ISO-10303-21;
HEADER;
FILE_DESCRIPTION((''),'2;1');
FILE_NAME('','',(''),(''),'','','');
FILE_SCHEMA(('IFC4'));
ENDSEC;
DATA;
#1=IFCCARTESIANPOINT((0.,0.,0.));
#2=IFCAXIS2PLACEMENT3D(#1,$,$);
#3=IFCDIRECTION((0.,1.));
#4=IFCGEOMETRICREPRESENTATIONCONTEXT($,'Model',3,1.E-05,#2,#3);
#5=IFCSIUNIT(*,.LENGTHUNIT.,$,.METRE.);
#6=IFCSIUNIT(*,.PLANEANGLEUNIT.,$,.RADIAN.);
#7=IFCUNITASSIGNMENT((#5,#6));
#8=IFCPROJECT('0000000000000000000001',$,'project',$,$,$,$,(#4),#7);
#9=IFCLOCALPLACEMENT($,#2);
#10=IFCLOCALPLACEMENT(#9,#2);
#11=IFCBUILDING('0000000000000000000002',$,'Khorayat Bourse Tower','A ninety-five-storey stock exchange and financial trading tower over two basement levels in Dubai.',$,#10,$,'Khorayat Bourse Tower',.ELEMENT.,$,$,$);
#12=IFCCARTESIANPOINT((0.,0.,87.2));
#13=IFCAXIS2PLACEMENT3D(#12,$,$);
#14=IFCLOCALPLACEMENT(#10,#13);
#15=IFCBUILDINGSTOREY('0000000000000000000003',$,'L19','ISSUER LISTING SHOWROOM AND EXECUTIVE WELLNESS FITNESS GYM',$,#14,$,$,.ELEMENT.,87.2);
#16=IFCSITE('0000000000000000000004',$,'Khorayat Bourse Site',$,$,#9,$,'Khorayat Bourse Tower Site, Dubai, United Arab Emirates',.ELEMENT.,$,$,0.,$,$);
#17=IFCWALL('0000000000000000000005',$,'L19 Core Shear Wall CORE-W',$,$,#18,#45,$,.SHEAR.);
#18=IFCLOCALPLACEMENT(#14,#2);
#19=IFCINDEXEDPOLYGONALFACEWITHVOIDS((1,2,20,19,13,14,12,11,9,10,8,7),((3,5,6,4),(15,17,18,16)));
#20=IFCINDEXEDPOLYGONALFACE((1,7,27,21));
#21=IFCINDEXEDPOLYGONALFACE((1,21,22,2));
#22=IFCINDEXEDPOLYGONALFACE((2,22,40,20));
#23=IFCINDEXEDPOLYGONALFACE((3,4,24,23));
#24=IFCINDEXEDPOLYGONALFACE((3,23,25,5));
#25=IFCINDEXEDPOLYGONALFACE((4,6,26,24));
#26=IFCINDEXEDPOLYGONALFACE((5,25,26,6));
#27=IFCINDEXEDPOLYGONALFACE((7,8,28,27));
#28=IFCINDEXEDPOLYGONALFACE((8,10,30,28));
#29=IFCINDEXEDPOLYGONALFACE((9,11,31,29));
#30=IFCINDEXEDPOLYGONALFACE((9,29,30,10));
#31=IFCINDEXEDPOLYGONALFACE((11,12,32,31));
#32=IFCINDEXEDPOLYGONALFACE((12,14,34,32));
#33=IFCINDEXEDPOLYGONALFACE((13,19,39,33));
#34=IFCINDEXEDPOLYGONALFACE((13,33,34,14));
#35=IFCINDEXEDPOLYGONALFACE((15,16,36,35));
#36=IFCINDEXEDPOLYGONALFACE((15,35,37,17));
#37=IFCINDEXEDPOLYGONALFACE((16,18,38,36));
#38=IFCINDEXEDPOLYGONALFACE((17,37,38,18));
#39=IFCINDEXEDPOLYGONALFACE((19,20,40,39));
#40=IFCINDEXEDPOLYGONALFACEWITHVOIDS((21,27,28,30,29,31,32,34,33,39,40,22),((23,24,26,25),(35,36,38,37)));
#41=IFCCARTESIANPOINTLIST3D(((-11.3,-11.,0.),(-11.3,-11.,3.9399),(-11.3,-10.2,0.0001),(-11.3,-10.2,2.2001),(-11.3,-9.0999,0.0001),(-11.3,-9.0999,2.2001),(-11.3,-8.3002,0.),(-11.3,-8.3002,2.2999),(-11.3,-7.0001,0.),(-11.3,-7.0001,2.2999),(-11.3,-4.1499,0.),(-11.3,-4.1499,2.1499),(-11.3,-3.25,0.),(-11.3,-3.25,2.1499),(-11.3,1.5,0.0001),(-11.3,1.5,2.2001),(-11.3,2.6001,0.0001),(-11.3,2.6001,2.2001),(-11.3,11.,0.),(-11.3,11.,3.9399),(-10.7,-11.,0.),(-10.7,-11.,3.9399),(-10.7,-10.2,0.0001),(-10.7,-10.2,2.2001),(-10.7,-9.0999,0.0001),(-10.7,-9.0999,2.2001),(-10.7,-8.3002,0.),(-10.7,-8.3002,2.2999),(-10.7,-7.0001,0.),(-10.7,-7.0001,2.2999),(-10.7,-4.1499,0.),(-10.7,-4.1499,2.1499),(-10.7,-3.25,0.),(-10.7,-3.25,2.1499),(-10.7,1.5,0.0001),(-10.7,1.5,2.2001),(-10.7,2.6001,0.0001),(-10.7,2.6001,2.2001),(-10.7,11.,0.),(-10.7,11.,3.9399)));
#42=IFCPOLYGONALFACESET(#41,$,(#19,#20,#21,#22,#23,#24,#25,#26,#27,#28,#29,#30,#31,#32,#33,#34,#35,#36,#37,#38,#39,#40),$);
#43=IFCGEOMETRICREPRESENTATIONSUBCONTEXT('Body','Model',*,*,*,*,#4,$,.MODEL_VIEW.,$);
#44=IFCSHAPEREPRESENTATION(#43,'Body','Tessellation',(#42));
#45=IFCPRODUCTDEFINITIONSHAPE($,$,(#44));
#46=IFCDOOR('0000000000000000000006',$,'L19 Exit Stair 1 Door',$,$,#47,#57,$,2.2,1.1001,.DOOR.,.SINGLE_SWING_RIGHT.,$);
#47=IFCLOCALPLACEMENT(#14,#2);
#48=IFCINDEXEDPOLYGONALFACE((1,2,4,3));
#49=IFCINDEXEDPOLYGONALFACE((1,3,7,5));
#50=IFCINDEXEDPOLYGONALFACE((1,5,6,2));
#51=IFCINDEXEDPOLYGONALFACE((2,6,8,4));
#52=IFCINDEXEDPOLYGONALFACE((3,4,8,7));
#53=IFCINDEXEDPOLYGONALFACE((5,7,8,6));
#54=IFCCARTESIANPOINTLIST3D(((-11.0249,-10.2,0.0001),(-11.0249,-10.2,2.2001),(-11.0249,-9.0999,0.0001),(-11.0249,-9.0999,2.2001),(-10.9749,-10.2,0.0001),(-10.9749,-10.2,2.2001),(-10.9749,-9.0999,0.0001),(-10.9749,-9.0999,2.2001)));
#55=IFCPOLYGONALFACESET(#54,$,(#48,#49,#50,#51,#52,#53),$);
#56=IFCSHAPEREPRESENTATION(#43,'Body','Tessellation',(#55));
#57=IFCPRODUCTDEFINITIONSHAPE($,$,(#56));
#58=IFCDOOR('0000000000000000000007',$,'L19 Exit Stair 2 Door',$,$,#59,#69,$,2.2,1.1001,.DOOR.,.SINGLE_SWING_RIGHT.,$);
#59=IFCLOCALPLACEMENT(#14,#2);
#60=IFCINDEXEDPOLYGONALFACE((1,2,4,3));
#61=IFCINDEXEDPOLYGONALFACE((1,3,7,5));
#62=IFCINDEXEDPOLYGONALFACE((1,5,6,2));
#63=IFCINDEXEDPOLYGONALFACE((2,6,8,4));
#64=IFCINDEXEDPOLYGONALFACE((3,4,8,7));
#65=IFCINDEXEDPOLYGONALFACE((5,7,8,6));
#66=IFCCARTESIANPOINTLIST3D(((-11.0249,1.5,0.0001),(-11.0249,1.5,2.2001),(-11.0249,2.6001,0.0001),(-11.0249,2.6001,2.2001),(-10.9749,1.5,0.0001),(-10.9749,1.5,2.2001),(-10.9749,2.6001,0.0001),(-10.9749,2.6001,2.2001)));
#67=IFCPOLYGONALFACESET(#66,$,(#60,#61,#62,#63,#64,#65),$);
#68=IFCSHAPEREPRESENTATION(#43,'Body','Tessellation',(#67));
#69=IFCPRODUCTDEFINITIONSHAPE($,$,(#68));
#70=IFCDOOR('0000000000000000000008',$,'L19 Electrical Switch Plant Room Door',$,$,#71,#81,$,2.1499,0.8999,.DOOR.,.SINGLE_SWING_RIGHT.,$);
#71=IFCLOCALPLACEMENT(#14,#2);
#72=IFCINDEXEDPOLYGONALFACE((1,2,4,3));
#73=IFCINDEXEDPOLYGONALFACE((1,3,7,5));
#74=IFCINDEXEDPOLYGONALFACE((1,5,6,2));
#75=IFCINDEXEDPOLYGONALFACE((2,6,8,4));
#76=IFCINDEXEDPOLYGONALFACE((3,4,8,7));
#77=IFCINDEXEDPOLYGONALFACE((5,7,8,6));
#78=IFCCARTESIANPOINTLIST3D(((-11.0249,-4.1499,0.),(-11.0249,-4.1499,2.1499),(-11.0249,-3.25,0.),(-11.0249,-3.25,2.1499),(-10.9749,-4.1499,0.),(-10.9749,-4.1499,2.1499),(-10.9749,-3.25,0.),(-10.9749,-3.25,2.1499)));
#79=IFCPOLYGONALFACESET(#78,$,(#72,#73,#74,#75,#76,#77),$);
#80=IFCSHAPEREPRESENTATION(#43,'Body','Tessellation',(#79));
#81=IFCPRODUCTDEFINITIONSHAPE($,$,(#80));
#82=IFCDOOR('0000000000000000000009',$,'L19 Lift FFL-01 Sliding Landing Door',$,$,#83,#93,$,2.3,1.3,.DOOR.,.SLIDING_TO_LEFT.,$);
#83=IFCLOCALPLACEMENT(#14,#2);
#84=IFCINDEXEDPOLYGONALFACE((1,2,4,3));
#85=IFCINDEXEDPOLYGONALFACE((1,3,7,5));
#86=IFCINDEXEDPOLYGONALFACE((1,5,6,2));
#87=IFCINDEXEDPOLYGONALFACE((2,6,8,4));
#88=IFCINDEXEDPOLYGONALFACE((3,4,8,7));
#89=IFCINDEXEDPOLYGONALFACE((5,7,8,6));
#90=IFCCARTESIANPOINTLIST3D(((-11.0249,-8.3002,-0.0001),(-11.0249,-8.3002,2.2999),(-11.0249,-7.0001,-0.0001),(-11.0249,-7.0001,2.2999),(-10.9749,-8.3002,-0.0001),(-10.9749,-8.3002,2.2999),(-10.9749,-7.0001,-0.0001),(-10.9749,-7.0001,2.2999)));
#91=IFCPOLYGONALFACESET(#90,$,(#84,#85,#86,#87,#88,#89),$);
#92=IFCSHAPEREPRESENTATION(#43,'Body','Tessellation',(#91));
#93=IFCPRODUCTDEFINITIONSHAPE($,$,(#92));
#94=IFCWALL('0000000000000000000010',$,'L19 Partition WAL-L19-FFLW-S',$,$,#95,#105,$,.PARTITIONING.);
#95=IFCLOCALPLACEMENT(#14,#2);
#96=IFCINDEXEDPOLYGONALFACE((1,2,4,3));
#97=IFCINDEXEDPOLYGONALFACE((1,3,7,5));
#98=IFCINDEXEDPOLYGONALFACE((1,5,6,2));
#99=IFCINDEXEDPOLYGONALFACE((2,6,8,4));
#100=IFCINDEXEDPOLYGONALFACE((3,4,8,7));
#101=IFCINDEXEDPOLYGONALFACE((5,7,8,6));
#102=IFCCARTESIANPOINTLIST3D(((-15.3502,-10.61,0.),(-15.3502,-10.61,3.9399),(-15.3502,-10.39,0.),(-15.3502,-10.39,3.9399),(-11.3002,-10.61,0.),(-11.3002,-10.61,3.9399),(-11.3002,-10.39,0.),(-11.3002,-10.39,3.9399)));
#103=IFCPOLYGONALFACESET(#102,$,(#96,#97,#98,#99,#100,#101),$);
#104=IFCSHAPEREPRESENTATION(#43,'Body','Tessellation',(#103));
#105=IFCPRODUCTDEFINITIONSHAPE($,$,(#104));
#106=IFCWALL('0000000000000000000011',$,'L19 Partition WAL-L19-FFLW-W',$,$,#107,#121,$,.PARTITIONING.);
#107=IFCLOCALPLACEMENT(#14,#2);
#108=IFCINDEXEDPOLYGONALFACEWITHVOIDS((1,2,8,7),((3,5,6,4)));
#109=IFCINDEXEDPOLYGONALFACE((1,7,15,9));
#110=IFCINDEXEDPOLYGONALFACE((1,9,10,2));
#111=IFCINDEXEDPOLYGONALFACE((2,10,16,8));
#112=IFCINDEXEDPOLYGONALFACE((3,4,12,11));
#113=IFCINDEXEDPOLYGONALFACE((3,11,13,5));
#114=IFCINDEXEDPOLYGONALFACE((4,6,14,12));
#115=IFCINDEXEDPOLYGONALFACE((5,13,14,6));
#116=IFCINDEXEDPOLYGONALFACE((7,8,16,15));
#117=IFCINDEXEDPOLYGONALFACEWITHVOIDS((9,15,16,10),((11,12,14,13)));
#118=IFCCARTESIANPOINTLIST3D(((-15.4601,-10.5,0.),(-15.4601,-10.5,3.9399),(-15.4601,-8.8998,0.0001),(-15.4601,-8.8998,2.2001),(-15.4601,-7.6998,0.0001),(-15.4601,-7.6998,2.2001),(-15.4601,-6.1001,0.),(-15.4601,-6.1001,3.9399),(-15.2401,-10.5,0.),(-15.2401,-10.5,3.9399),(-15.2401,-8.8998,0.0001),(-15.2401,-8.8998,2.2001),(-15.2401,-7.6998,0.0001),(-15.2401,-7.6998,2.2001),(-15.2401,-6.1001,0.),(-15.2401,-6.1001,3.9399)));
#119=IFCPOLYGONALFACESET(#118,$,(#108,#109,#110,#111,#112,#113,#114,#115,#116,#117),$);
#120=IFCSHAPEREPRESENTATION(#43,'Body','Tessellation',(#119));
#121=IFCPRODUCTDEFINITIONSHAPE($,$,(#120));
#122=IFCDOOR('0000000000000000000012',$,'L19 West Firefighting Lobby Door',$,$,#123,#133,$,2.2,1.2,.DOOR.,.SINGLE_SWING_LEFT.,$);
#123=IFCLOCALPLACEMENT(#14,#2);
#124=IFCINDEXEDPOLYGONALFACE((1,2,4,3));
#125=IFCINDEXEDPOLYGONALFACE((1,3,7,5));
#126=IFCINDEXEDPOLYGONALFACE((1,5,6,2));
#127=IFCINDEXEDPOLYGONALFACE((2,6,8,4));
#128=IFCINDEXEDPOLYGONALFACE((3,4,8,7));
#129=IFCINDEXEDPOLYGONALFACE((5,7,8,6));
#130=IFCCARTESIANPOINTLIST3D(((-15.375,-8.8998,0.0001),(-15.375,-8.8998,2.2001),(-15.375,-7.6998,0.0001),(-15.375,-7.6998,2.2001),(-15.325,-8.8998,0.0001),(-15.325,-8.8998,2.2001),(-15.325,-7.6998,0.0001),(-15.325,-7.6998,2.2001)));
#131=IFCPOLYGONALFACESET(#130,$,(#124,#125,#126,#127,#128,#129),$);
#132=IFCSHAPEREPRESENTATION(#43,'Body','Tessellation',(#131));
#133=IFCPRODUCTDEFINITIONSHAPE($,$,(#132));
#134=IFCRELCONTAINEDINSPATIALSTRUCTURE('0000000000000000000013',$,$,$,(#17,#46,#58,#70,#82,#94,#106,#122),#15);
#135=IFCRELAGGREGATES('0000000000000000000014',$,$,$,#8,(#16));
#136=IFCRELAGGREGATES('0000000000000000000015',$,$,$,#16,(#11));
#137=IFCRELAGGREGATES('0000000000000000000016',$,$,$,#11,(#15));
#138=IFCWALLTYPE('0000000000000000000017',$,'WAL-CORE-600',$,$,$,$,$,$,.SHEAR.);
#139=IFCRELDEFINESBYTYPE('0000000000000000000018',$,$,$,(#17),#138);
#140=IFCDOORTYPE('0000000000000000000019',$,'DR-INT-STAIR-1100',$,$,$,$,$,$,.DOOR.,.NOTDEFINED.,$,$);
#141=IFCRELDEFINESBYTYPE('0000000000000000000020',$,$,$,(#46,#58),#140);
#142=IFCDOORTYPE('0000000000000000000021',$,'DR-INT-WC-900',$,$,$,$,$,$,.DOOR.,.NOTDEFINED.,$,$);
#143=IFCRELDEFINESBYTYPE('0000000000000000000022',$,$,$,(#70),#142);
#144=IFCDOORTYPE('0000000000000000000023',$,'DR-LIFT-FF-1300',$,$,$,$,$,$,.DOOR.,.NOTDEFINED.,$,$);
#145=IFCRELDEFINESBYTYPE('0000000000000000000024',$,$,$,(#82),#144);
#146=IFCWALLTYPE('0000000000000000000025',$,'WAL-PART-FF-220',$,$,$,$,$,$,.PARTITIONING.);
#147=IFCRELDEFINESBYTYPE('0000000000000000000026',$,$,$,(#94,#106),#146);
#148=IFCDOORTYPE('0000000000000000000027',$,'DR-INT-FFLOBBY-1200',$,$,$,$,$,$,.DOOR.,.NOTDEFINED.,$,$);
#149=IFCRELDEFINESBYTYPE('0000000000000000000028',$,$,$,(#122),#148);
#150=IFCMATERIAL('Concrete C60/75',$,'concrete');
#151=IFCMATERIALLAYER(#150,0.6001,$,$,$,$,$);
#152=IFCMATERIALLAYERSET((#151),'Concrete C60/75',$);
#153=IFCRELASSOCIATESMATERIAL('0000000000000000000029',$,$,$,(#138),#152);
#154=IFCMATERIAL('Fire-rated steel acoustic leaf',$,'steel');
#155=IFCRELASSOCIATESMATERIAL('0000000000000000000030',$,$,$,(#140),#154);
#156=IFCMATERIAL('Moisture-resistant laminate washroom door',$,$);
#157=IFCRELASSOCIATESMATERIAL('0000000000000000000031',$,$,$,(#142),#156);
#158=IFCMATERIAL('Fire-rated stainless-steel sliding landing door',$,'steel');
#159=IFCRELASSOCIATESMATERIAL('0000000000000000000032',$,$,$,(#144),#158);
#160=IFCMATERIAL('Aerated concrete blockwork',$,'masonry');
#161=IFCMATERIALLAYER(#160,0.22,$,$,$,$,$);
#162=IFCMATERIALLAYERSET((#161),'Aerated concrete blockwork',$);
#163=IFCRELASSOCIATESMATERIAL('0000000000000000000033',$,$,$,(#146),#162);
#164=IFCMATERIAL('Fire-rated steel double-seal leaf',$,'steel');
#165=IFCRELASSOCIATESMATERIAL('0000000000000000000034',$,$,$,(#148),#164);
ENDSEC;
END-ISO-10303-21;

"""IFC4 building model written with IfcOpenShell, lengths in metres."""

from ifc_helpers import new_model, si_unit, direction, frame, frame_2d, origin, place, context, subcontext, project, spatial, rectangle, extrude, source, transform, mapped, material, layer, layer_set, type_object, element, fill, save


model = new_model("IFC4")

# Units and contexts
model_context = context("Model", 3, precision=1e-05, world=origin(), true_north=direction((0.0, 1.0)))
body_context = subcontext(model_context, "Body", "Model", "MODEL_VIEW")
ifc_project = project(units=[si_unit("LENGTHUNIT", "METRE"), si_unit("PLANEANGLEUNIT", "RADIAN")], contexts=[model_context])

# Site, building, storey
site_placement = place(None, origin())
site = spatial("IfcSite", under=ifc_project, at=site_placement, Name="Khorayat Bourse Site", LongName="Khorayat Bourse Tower Site, Dubai, United Arab Emirates", CompositionType="ELEMENT", RefElevation=0.0)
building_placement = place(site_placement, origin())
building = spatial("IfcBuilding", under=site, at=building_placement, Name="Khorayat Bourse Tower", Description="A ninety-five-storey stock exchange and financial trading tower over two basement levels in Dubai.", LongName="Khorayat Bourse Tower", CompositionType="ELEMENT")
storey_placement = place(building_placement, frame((0.0, 0.0, 87.2)))
storey = spatial("IfcBuildingStorey", under=building, at=storey_placement, Name="L19", Description="ISSUER LISTING SHOWROOM AND EXECUTIVE WELLNESS FITNESS GYM", CompositionType="ELEMENT", Elevation=87.2)

# Wall, openings, doors
ifc_material_1 = material(Name="Concrete C60/75", Category="concrete")
ifc_layer_1 = layer(ifc_material_1, 0.6001)
ifc_layer_set_1 = layer_set([ifc_layer_1], Name="Concrete C60/75")
wall_type_1 = type_object("IfcWallType", Name="WAL-CORE-600", PredefinedType="SHEAR", material=ifc_layer_set_1)
shared_shape_1 = source(origin(), body_context, "Body", "SweptSolid", [
    extrude(rectangle(XDim=22.0, YDim=0.6001, at=frame_2d((11.0, 0.0))), origin(), (0.0, 0.0, 1.0), 3.9399),
])
wall_1_placement = place(storey_placement, frame((-11.0, -11.0, 0.0), z_axis=(0.0, 0.0, 1.0), x_axis=(0.0, 1.0, 0.0)))
wall_1 = element("IfcWall", 1, at=wall_1_placement, inside=storey, type_object=wall_type_1, Name="L19 Core Shear Wall CORE-W", PredefinedType="SHEAR", context=body_context, shape_type="MappedRepresentation", body=[
    mapped(shared_shape_1, transform((0.0, 0.0, 0.0), scale=1.0)),
])
shared_shape_2 = source(origin(), body_context, "Body", "SweptSolid", [
    extrude(rectangle(XDim=1.1001, YDim=2.2, at=frame_2d((0.55, 1.1001))), frame((0.0, 0.3101, 0.0), z_axis=(0.0, -1.0, 0.0), x_axis=(1.0, 0.0, 0.0)), (0.0, 0.0, 1.0), 0.6201),
])
opening_1_placement = place(wall_1_placement, frame((0.8, 0.0, 0.0)))
opening_1 = element("IfcOpeningElement", 2, at=opening_1_placement, cuts=wall_1, PredefinedType="OPENING", context=body_context, shape_type="MappedRepresentation", body=[
    mapped(shared_shape_2, transform((0.0, 0.0, 0.0), scale=1.0)),
])
opening_2_placement = place(wall_1_placement, frame((12.5, 0.0, 0.0)))
opening_2 = element("IfcOpeningElement", 3, at=opening_2_placement, cuts=wall_1, PredefinedType="OPENING", context=body_context, shape_type="MappedRepresentation", body=[
    mapped(shared_shape_2, transform((0.0, 0.0, 0.0), scale=1.0)),
])
shared_shape_3 = source(origin(), body_context, "Body", "SweptSolid", [
    extrude(rectangle(XDim=0.8999, YDim=2.1499, at=frame_2d((0.45, 1.075))), frame((0.0, 0.3101, 0.0), z_axis=(0.0, -1.0, 0.0), x_axis=(1.0, 0.0, 0.0)), (0.0, 0.0, 1.0), 0.6201),
])
opening_3_placement = place(wall_1_placement, frame((6.8501, 0.0, 0.0)))
opening_3 = element("IfcOpeningElement", 4, at=opening_3_placement, cuts=wall_1, PredefinedType="OPENING", context=body_context, shape_type="MappedRepresentation", body=[
    mapped(shared_shape_3, transform((0.0, 0.0, 0.0), scale=1.0)),
])
shared_shape_4 = source(origin(), body_context, "Body", "SweptSolid", [
    extrude(rectangle(XDim=1.3, YDim=2.3, at=frame_2d((0.6499, 1.1499))), frame((0.0, 0.3101, 0.0), z_axis=(0.0, -1.0, 0.0), x_axis=(1.0, 0.0, 0.0)), (0.0, 0.0, 1.0), 0.6201),
])
opening_4_placement = place(wall_1_placement, frame((2.7, 0.0, 0.0)))
opening_4 = element("IfcOpeningElement", 5, at=opening_4_placement, cuts=wall_1, PredefinedType="OPENING", context=body_context, shape_type="MappedRepresentation", body=[
    mapped(shared_shape_4, transform((0.0, 0.0, 0.0), scale=1.0)),
])
ifc_material_2 = material(Name="Fire-rated steel acoustic leaf", Category="steel")
door_type_1 = type_object("IfcDoorType", Name="DR-INT-STAIR-1100", OperationType="NOTDEFINED", PredefinedType="DOOR", material=ifc_material_2)
shared_shape_5 = source(origin(), body_context, "Body", "SweptSolid", [
    extrude(rectangle(XDim=1.1001, YDim=2.2, at=frame_2d((0.55, 1.1001))), frame((0.0, 0.0249, 0.0), z_axis=(0.0, -1.0, 0.0), x_axis=(1.0, 0.0, 0.0)), (0.0, 0.0, 1.0), 0.05),
])
door_1_placement = place(opening_1_placement, origin())
door_1 = element("IfcDoor", 6, at=door_1_placement, inside=storey, type_object=door_type_1, Name="L19 Exit Stair 1 Door", OperationType="SINGLE_SWING_RIGHT", OverallHeight=2.2, OverallWidth=1.1001, PredefinedType="DOOR", context=body_context, shape_type="MappedRepresentation", body=[
    mapped(shared_shape_5, transform((0.0, 0.0, 0.0), scale=1.0)),
])
fill(opening_1, door_1)
door_2_placement = place(opening_2_placement, origin())
door_2 = element("IfcDoor", 7, at=door_2_placement, inside=storey, type_object=door_type_1, Name="L19 Exit Stair 2 Door", OperationType="SINGLE_SWING_RIGHT", OverallHeight=2.2, OverallWidth=1.1001, PredefinedType="DOOR", context=body_context, shape_type="MappedRepresentation", body=[
    mapped(shared_shape_5, transform((0.0, 0.0, 0.0), scale=1.0)),
])
fill(opening_2, door_2)
ifc_material_3 = material(Name="Moisture-resistant laminate washroom door")
door_type_2 = type_object("IfcDoorType", Name="DR-INT-WC-900", OperationType="NOTDEFINED", PredefinedType="DOOR", material=ifc_material_3)
shared_shape_6 = source(origin(), body_context, "Body", "SweptSolid", [
    extrude(rectangle(XDim=0.8999, YDim=2.1499, at=frame_2d((0.45, 1.075))), frame((0.0, 0.0249, 0.0), z_axis=(0.0, -1.0, 0.0), x_axis=(1.0, 0.0, 0.0)), (0.0, 0.0, 1.0), 0.05),
])
door_3_placement = place(opening_3_placement, origin())
door_3 = element("IfcDoor", 8, at=door_3_placement, inside=storey, type_object=door_type_2, Name="L19 Electrical Switch Plant Room Door", OperationType="SINGLE_SWING_RIGHT", OverallHeight=2.1499, OverallWidth=0.8999, PredefinedType="DOOR", context=body_context, shape_type="MappedRepresentation", body=[
    mapped(shared_shape_6, transform((0.0, 0.0, 0.0), scale=1.0)),
])
fill(opening_3, door_3)
ifc_material_4 = material(Name="Fire-rated stainless-steel sliding landing door", Category="steel")
door_type_3 = type_object("IfcDoorType", Name="DR-LIFT-FF-1300", OperationType="NOTDEFINED", PredefinedType="DOOR", material=ifc_material_4)
shared_shape_7 = source(origin(), body_context, "Body", "SweptSolid", [
    extrude(rectangle(XDim=1.3, YDim=2.3, at=frame_2d((0.6499, 1.1499))), frame((0.0, 0.0249, 0.0), z_axis=(0.0, -1.0, 0.0), x_axis=(1.0, 0.0, 0.0)), (0.0, 0.0, 1.0), 0.05),
])
door_4_placement = place(opening_4_placement, origin())
door_4 = element("IfcDoor", 9, at=door_4_placement, inside=storey, type_object=door_type_3, Name="L19 Lift FFL-01 Sliding Landing Door", OperationType="SLIDING_TO_LEFT", OverallHeight=2.3, OverallWidth=1.3, PredefinedType="DOOR", context=body_context, shape_type="MappedRepresentation", body=[
    mapped(shared_shape_7, transform((0.0, 0.0, 0.0), scale=1.0)),
])
fill(opening_4, door_4)

# Wall
ifc_material_5 = material(Name="Aerated concrete blockwork", Category="masonry")
ifc_layer_2 = layer(ifc_material_5, 0.22)
ifc_layer_set_2 = layer_set([ifc_layer_2], Name="Aerated concrete blockwork")
wall_type_2 = type_object("IfcWallType", Name="WAL-PART-FF-220", PredefinedType="PARTITIONING", material=ifc_layer_set_2)
shared_shape_8 = source(origin(), body_context, "Body", "SweptSolid", [
    extrude(rectangle(XDim=4.05, YDim=0.22, at=frame_2d((2.0249, 0.0))), origin(), (0.0, 0.0, 1.0), 3.9399),
])
wall_2_placement = place(storey_placement, frame((-15.3501, -10.5, 0.0), z_axis=(0.0, 0.0, 1.0), x_axis=(1.0, 0.0, 0.0)))
element("IfcWall", 10, at=wall_2_placement, inside=storey, type_object=wall_type_2, Name="L19 Partition WAL-L19-FFLW-S", PredefinedType="PARTITIONING", context=body_context, shape_type="MappedRepresentation", body=[
    mapped(shared_shape_8, transform((0.0, 0.0, 0.0), scale=1.0)),
])

# Wall, opening, door
shared_shape_9 = source(origin(), body_context, "Body", "SweptSolid", [
    extrude(rectangle(XDim=4.3999, YDim=0.22, at=frame_2d((2.2, 0.0))), origin(), (0.0, 0.0, 1.0), 3.9399),
])
wall_3_placement = place(storey_placement, frame((-15.3501, -10.5, 0.0), z_axis=(0.0, 0.0, 1.0), x_axis=(0.0, 1.0, 0.0)))
wall_3 = element("IfcWall", 11, at=wall_3_placement, inside=storey, type_object=wall_type_2, Name="L19 Partition WAL-L19-FFLW-W", PredefinedType="PARTITIONING", context=body_context, shape_type="MappedRepresentation", body=[
    mapped(shared_shape_9, transform((0.0, 0.0, 0.0), scale=1.0)),
])
shared_shape_10 = source(origin(), body_context, "Body", "SweptSolid", [
    extrude(rectangle(XDim=1.2, YDim=2.2, at=frame_2d((0.6001, 1.1001))), frame((0.0, 0.1199, 0.0), z_axis=(0.0, -1.0, 0.0), x_axis=(1.0, 0.0, 0.0)), (0.0, 0.0, 1.0), 0.24),
])
opening_5_placement = place(wall_3_placement, frame((1.6001, 0.0, 0.0)))
opening_5 = element("IfcOpeningElement", 12, at=opening_5_placement, cuts=wall_3, PredefinedType="OPENING", context=body_context, shape_type="MappedRepresentation", body=[
    mapped(shared_shape_10, transform((0.0, 0.0, 0.0), scale=1.0)),
])
ifc_material_6 = material(Name="Fire-rated steel double-seal leaf", Category="steel")
door_type_4 = type_object("IfcDoorType", Name="DR-INT-FFLOBBY-1200", OperationType="NOTDEFINED", PredefinedType="DOOR", material=ifc_material_6)
shared_shape_11 = source(origin(), body_context, "Body", "SweptSolid", [
    extrude(rectangle(XDim=1.2, YDim=2.2, at=frame_2d((0.6001, 1.1001))), frame((0.0, 0.0249, 0.0), z_axis=(0.0, -1.0, 0.0), x_axis=(1.0, 0.0, 0.0)), (0.0, 0.0, 1.0), 0.05),
])
door_5_placement = place(opening_5_placement, origin())
door_5 = element("IfcDoor", 13, at=door_5_placement, inside=storey, type_object=door_type_4, Name="L19 West Firefighting Lobby Door", OperationType="SINGLE_SWING_LEFT", OverallHeight=2.2, OverallWidth=1.2, PredefinedType="DOOR", context=body_context, shape_type="MappedRepresentation", body=[
    mapped(shared_shape_11, transform((0.0, 0.0, 0.0), scale=1.0)),
])
fill(opening_5, door_5)

save(model, "model.ifc")
